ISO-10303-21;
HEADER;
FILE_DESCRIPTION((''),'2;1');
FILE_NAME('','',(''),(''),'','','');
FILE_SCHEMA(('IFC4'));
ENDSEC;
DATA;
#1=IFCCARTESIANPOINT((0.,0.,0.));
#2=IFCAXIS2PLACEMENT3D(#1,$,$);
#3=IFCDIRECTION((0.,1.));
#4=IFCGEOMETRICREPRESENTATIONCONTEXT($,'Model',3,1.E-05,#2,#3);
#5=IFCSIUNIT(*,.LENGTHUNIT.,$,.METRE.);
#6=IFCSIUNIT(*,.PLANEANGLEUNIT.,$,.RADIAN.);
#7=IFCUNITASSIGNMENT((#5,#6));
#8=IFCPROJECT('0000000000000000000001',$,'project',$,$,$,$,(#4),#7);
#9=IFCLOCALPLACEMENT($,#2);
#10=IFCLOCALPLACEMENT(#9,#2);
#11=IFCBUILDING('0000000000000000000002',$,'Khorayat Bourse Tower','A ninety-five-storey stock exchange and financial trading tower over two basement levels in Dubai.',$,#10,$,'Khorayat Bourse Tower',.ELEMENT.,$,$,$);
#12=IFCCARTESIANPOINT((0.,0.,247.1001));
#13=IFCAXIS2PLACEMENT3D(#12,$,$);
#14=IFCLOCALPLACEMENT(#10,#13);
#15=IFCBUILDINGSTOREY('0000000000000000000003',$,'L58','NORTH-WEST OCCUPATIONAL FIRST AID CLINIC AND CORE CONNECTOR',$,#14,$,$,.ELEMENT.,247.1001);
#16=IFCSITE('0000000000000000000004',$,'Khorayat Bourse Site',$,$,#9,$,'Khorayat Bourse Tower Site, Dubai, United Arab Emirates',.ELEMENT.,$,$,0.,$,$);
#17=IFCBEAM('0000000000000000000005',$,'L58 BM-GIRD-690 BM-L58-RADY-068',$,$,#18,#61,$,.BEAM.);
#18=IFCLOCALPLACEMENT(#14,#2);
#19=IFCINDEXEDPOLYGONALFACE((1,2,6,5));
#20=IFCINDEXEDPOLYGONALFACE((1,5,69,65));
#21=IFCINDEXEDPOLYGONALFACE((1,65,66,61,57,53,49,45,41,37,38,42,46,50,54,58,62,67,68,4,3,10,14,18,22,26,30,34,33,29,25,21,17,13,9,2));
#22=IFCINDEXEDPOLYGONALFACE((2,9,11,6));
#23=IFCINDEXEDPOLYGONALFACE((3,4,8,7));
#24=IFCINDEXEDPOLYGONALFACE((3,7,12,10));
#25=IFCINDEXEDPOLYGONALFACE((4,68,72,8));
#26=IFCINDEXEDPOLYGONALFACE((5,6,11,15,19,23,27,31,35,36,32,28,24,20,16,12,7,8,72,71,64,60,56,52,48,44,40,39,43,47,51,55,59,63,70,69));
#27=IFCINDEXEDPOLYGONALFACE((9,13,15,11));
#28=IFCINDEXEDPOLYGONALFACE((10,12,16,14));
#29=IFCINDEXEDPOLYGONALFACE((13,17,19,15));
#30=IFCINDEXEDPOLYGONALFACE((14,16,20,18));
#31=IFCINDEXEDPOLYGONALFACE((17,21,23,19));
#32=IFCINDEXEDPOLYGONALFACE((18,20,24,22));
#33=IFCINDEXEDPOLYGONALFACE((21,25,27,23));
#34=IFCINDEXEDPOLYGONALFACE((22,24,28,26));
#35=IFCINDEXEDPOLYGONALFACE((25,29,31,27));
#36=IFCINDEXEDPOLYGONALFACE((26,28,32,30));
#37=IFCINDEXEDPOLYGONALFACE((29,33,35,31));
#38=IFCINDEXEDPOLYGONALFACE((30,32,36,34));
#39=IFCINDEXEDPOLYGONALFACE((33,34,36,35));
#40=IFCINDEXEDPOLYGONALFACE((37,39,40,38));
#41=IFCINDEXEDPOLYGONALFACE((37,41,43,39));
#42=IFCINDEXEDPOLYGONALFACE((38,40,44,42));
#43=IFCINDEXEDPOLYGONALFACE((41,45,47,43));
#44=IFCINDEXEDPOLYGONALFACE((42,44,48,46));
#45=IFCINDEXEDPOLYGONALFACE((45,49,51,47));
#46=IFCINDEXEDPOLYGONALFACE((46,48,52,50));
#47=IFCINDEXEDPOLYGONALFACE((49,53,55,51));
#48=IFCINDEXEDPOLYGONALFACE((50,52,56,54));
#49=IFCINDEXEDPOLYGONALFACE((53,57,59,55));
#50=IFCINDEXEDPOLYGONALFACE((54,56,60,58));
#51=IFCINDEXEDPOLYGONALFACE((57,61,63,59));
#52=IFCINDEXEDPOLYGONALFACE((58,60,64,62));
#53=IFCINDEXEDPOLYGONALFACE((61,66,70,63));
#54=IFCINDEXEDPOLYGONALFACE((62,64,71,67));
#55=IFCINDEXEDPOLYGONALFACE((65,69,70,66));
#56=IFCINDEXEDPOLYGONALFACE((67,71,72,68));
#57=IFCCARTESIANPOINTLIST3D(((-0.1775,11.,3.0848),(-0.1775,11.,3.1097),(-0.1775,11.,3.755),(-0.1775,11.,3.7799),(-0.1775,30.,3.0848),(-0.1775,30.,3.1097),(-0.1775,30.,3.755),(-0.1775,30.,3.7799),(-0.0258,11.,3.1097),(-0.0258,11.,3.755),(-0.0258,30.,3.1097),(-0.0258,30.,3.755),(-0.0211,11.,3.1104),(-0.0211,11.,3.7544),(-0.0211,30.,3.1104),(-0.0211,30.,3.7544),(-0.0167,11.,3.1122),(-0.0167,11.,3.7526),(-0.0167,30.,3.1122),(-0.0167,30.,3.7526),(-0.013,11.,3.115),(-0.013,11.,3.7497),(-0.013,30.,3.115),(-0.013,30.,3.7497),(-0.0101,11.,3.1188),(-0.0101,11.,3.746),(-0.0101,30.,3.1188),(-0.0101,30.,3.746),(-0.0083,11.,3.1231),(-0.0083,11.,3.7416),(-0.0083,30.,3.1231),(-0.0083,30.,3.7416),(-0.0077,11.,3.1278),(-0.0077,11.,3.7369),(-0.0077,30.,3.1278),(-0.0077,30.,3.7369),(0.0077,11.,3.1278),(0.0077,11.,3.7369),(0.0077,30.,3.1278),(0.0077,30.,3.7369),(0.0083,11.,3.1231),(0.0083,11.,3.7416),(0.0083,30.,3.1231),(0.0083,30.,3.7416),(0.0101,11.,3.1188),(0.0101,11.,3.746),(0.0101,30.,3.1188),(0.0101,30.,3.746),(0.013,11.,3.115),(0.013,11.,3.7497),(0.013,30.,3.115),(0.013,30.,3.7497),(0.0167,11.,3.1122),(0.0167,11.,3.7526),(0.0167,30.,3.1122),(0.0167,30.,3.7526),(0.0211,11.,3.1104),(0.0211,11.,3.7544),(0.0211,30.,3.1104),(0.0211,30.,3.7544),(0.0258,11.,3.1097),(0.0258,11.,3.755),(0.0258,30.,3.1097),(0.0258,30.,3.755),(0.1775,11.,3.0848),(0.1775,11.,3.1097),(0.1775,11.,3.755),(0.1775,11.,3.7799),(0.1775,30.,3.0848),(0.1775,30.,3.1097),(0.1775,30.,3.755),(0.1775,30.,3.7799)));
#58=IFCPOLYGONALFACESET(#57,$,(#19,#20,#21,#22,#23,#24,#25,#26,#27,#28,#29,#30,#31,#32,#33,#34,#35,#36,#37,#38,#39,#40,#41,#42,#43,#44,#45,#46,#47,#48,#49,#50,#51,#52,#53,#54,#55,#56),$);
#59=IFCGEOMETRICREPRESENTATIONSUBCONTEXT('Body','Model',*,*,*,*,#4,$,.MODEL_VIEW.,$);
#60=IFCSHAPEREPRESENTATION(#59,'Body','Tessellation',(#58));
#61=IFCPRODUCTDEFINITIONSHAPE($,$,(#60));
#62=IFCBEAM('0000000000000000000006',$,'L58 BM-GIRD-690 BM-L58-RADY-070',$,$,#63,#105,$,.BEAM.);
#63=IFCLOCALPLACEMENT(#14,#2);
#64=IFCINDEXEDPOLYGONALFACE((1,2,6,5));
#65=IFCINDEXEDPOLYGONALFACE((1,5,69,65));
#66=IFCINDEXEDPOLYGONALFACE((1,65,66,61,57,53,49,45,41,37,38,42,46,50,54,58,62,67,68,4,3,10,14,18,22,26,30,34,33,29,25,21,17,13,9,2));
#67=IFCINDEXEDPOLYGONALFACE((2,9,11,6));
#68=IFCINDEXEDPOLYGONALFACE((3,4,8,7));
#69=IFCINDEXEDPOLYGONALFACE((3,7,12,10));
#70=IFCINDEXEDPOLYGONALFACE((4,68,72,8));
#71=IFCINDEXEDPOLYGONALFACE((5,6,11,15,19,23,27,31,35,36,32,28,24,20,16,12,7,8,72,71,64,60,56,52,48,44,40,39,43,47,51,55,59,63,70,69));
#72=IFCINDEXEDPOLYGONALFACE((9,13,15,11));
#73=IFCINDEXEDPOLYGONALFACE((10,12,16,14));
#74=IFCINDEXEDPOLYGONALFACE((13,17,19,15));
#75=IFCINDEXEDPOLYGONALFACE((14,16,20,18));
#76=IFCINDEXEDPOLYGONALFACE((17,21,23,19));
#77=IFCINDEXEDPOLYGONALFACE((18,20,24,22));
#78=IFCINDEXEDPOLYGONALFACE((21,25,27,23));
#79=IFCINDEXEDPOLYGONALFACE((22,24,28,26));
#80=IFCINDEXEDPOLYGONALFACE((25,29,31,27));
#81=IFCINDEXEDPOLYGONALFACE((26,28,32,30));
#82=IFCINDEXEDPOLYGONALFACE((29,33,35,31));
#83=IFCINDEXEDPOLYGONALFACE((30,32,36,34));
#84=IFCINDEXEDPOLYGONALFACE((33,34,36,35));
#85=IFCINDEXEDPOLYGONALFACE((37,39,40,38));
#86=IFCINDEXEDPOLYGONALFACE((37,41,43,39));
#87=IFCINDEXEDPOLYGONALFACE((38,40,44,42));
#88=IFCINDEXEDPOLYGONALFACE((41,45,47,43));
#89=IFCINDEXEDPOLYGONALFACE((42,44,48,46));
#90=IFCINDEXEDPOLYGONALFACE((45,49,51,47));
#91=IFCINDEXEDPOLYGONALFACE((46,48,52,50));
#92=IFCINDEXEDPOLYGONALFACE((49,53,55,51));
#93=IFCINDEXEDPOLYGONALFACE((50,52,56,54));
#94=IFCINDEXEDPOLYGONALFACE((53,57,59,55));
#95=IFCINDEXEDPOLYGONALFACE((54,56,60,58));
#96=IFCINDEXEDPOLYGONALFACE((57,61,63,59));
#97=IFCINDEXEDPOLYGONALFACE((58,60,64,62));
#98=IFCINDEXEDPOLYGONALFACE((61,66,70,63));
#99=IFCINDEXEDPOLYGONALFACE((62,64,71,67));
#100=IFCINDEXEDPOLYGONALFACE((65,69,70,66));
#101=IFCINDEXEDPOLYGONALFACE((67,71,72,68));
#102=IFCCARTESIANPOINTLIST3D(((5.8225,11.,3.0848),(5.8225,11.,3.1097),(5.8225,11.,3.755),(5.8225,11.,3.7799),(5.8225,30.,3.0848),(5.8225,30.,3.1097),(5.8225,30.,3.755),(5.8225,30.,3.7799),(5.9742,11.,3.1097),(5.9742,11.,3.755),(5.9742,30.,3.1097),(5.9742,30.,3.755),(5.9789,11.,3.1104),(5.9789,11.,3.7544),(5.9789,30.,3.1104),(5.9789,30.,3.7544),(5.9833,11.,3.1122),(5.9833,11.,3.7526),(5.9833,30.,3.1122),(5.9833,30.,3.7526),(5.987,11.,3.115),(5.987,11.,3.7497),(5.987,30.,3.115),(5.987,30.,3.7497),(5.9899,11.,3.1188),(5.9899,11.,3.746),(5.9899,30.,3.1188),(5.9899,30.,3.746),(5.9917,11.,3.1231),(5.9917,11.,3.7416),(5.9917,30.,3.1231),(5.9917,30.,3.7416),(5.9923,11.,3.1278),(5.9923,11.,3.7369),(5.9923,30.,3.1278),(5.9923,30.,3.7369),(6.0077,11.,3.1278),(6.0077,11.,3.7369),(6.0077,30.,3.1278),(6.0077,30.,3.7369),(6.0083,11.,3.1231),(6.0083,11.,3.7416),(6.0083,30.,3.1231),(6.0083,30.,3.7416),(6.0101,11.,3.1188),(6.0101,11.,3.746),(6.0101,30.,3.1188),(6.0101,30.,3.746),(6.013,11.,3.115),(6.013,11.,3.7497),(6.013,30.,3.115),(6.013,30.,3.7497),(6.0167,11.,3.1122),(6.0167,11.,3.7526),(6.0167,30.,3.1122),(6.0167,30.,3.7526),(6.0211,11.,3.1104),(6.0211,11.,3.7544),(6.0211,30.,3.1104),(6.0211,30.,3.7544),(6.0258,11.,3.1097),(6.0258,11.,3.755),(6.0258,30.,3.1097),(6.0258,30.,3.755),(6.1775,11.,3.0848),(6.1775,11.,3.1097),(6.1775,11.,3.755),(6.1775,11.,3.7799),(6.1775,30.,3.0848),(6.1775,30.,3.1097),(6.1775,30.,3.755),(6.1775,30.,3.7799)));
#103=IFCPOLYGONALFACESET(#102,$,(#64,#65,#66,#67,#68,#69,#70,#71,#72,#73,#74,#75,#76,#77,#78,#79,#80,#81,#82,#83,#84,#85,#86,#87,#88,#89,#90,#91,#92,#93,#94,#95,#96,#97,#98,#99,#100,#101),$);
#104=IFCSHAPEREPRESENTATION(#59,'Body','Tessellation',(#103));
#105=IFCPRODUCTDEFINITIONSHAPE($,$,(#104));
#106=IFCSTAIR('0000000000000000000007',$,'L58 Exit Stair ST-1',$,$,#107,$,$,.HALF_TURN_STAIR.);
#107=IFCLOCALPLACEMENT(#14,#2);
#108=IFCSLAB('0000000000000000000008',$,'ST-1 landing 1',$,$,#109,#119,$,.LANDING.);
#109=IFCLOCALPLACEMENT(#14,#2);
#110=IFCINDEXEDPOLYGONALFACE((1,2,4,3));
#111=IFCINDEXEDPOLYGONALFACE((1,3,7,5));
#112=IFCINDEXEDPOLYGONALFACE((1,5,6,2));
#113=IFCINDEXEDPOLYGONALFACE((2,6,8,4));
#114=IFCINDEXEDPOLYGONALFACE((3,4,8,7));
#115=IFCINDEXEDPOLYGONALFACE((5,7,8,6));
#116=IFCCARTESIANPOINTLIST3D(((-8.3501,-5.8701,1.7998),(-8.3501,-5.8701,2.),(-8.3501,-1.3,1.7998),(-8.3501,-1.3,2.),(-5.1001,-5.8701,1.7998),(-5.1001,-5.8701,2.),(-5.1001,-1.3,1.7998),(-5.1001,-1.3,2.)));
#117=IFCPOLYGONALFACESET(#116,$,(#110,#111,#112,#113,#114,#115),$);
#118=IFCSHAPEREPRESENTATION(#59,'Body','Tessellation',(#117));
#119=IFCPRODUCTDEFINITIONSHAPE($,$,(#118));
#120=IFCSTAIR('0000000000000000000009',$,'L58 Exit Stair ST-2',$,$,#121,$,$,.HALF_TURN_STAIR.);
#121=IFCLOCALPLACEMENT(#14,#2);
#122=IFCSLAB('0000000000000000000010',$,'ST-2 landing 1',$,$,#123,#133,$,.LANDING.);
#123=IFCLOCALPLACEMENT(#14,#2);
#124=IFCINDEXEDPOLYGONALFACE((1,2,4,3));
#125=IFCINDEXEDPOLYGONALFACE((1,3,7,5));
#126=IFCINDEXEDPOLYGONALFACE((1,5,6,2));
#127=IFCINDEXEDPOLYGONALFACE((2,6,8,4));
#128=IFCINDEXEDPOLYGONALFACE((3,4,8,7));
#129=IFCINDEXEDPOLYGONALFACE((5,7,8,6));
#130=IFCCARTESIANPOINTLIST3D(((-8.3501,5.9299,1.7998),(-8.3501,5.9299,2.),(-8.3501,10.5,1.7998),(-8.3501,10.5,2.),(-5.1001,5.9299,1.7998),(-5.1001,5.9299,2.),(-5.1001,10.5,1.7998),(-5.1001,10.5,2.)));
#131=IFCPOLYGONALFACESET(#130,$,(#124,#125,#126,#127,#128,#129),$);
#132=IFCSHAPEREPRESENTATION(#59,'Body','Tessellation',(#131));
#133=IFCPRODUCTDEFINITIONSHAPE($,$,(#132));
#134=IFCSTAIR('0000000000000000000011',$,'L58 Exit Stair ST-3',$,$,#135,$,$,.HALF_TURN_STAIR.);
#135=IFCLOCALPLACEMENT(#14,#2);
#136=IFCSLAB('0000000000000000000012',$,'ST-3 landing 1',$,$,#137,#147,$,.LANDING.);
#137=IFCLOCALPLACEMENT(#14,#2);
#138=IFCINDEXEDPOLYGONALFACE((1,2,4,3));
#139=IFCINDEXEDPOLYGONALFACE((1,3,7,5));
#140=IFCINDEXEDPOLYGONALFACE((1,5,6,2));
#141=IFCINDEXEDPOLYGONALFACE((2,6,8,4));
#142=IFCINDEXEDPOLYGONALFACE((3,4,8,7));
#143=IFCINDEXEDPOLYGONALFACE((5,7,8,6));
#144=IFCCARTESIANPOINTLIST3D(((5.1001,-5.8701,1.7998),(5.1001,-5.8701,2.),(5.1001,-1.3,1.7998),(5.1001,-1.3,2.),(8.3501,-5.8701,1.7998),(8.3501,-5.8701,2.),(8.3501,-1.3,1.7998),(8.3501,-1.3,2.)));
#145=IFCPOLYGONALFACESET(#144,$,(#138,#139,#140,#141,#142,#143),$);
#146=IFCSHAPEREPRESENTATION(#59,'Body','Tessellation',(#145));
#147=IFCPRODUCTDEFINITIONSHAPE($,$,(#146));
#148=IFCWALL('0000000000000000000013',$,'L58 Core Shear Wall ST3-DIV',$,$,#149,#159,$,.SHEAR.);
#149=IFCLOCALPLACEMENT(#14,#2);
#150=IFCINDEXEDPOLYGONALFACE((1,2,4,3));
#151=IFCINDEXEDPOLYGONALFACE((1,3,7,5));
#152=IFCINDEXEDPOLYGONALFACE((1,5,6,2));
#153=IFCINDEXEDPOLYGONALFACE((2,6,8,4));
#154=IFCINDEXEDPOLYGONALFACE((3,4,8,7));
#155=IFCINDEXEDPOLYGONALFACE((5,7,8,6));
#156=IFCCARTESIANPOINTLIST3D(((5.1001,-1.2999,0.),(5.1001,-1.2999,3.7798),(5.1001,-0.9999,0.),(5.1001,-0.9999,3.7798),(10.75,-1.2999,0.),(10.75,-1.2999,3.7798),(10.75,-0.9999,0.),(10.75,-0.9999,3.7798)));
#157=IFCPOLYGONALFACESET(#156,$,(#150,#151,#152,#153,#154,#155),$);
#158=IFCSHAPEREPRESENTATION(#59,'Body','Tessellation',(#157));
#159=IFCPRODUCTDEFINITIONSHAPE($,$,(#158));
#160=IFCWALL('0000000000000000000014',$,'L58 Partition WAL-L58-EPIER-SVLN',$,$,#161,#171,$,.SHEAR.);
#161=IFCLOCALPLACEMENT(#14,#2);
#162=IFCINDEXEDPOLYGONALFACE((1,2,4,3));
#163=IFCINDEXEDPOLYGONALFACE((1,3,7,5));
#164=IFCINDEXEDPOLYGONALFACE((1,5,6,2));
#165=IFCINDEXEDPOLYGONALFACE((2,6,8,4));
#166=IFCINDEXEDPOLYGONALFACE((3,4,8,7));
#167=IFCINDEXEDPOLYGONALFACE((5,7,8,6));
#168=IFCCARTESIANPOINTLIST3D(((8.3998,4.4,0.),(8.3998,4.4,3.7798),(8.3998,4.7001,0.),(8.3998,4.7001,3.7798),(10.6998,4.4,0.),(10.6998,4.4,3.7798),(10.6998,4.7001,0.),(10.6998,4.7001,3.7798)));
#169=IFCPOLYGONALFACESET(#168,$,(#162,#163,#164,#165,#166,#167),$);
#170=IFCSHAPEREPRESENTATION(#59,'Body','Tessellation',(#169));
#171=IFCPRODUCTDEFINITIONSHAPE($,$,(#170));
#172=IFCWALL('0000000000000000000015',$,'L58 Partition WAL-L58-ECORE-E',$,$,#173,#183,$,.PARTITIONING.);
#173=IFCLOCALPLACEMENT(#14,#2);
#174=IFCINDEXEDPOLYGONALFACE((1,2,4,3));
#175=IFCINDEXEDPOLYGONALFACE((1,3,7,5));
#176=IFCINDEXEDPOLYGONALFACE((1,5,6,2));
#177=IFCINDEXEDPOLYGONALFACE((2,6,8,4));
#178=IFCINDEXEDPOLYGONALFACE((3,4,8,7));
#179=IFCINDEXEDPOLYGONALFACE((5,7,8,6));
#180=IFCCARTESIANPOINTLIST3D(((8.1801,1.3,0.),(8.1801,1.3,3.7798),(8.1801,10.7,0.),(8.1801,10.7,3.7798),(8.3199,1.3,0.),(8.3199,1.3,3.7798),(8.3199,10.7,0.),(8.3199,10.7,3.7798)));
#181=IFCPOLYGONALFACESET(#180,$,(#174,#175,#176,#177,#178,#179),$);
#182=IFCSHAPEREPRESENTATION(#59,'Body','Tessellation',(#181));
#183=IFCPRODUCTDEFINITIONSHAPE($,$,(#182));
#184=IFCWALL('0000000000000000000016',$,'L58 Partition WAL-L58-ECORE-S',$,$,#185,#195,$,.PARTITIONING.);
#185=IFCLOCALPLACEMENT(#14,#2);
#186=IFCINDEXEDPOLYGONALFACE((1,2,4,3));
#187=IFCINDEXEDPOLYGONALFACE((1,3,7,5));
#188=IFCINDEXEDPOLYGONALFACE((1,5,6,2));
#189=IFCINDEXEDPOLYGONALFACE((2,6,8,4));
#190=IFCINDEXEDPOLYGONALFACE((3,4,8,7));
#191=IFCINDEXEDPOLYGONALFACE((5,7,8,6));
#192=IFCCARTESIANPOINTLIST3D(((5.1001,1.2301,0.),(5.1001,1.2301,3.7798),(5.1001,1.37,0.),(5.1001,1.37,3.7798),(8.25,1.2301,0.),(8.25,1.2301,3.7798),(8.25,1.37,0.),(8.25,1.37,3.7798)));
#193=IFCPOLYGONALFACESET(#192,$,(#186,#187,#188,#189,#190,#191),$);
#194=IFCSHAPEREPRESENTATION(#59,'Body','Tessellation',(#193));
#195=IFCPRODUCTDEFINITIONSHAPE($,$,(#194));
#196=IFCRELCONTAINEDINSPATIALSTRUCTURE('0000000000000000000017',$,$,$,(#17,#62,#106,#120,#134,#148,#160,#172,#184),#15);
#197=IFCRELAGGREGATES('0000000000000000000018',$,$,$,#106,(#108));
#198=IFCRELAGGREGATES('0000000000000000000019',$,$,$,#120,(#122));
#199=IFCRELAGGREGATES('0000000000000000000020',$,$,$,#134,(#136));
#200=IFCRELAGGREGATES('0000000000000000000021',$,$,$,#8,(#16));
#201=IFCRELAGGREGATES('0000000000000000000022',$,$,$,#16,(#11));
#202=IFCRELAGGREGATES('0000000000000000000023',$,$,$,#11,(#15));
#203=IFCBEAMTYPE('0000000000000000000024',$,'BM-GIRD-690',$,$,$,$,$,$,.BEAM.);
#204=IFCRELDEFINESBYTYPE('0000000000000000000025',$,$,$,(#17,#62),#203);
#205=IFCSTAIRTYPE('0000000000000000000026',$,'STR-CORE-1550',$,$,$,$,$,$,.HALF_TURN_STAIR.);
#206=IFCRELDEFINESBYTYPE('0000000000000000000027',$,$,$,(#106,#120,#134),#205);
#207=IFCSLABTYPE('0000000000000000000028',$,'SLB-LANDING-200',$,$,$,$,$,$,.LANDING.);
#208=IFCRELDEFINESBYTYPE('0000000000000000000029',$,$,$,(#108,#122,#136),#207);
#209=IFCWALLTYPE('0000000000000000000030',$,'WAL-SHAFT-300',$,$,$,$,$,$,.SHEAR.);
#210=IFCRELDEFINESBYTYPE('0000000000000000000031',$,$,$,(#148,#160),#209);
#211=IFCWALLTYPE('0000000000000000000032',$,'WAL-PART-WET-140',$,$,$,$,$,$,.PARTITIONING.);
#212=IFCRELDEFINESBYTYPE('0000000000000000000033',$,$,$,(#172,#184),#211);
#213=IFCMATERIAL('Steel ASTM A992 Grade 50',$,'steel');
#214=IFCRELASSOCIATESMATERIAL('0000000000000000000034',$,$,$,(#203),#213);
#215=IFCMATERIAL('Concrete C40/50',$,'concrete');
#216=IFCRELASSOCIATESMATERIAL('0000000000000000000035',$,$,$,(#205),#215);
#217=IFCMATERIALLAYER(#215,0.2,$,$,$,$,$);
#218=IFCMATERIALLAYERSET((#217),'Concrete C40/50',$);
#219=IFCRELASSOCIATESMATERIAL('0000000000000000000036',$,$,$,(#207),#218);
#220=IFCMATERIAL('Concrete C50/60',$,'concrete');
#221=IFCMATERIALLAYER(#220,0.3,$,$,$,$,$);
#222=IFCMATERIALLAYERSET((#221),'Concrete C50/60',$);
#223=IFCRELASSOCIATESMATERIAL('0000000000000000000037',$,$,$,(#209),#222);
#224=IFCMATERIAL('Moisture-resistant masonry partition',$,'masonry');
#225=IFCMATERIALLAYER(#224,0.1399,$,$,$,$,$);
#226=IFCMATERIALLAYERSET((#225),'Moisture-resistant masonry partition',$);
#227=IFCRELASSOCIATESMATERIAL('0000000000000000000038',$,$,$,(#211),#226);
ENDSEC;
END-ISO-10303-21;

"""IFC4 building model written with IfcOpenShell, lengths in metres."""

from ifc_helpers import new_model, si_unit, direction, frame, frame_2d, origin, origin_2d, place, context, subcontext, project, spatial, polyline, rectangle, i_section, outline, extrude, source, transform, mapped, material, layer, layer_set, material_profile, profile_set, type_object, element, aggregate, save


model = new_model("IFC4")

# Units and contexts
model_context = context("Model", 3, precision=1e-05, world=origin(), true_north=direction((0.0, 1.0)))
body_context = subcontext(model_context, "Body", "Model", "MODEL_VIEW")
ifc_project = project(units=[si_unit("LENGTHUNIT", "METRE"), si_unit("PLANEANGLEUNIT", "RADIAN")], contexts=[model_context])

# Site, building, storey
site_placement = place(None, origin())
site = spatial("IfcSite", under=ifc_project, at=site_placement, Name="Khorayat Bourse Site", LongName="Khorayat Bourse Tower Site, Dubai, United Arab Emirates", CompositionType="ELEMENT", RefElevation=0.0)
building_placement = place(site_placement, origin())
building = spatial("IfcBuilding", under=site, at=building_placement, Name="Khorayat Bourse Tower", Description="A ninety-five-storey stock exchange and financial trading tower over two basement levels in Dubai.", LongName="Khorayat Bourse Tower", CompositionType="ELEMENT")
storey_placement = place(building_placement, frame((0.0, 0.0, 247.1001)))
storey = spatial("IfcBuildingStorey", under=building, at=storey_placement, Name="L58", Description="NORTH-WEST OCCUPATIONAL FIRST AID CLINIC AND CORE CONNECTOR", CompositionType="ELEMENT", Elevation=247.1001)

# Beams
ifc_material_1 = material(Name="Steel ASTM A992 Grade 50", Category="steel")
ifc_material_profile_1 = material_profile(ifc_material_1, i_section(OverallWidth=0.355, OverallDepth=0.6951, WebThickness=0.0154, FlangeThickness=0.0249, FilletRadius=0.0181, at=origin_2d()), Name="W690X217")
ifc_profile_set_1 = profile_set([ifc_material_profile_1], Name="Steel ASTM A992 Grade 50")
beam_type_1 = type_object("IfcBeamType", Name="BM-GIRD-690", PredefinedType="BEAM", material=ifc_profile_set_1)
shared_shape_1 = source(origin(), body_context, "Body", "SweptSolid", [
    extrude(i_section(OverallWidth=0.355, OverallDepth=0.6951, WebThickness=0.0154, FlangeThickness=0.0249, FilletRadius=0.0181, at=origin_2d()), origin(), (0.0, 0.0, 1.0), 19.0),
])
for number, where, z_axis, x_axis, name in (
    (1, (0.0, 11.0, 3.4324), (0.0, 1.0, 0.0), (-1.0, 0.0, 0.0), "L58 BM-GIRD-690 BM-L58-RADY-068"),
    (2, (6.0, 11.0, 3.4324), (0.0, 1.0, 0.0), (-1.0, 0.0, 0.0), "L58 BM-GIRD-690 BM-L58-RADY-070"),
):
    element("IfcBeam", number, at=place(storey_placement, frame(where, z_axis=z_axis, x_axis=x_axis)), inside=storey, type_object=beam_type_1, Name=name, PredefinedType="BEAM", context=body_context, shape_type="MappedRepresentation", body=[
        mapped(shared_shape_1, transform((0.0, 0.0, 0.0), scale=1.0)),
    ])

# Stairs, slabs
ifc_material_2 = material(Name="Concrete C40/50", Category="concrete")
stair_type = type_object("IfcStairType", Name="STR-CORE-1550", PredefinedType="HALF_TURN_STAIR", material=ifc_material_2)
stair_1_placement = place(storey_placement, origin())
stair_1 = element("IfcStair", 3, at=stair_1_placement, inside=storey, type_object=stair_type, Name="L58 Exit Stair ST-1", PredefinedType="HALF_TURN_STAIR")
ifc_layer_1 = layer(ifc_material_2, 0.2)
ifc_layer_set_1 = layer_set([ifc_layer_1], Name="Concrete C40/50")
slab_type = type_object("IfcSlabType", Name="SLB-LANDING-200", PredefinedType="LANDING", material=ifc_layer_set_1)
slab_1_placement = place(storey_placement, frame((0.0, 0.0, 1.7998)))
slab_1 = element("IfcSlab", 4, at=slab_1_placement, type_object=slab_type, Name="ST-1 landing 1", PredefinedType="LANDING", context=body_context, shape_type="SweptSolid", body=[
    extrude(outline(polyline([(-5.1001, -5.8701), (-5.1001, -1.3), (-8.3501, -1.3), (-8.3501, -5.8701), (-5.1001, -5.8701)])), origin(), (0.0, 0.0, 1.0), 0.2002),
])
aggregate(stair_1, [slab_1])
stair_2_placement = place(storey_placement, origin())
stair_2 = element("IfcStair", 5, at=stair_2_placement, inside=storey, type_object=stair_type, Name="L58 Exit Stair ST-2", PredefinedType="HALF_TURN_STAIR")
slab_2_placement = place(storey_placement, frame((0.0, 0.0, 1.7998)))
slab_2 = element("IfcSlab", 6, at=slab_2_placement, type_object=slab_type, Name="ST-2 landing 1", PredefinedType="LANDING", context=body_context, shape_type="SweptSolid", body=[
    extrude(outline(polyline([(-5.1001, 5.9299), (-5.1001, 10.5), (-8.3501, 10.5), (-8.3501, 5.9299), (-5.1001, 5.9299)])), origin(), (0.0, 0.0, 1.0), 0.2002),
])
aggregate(stair_2, [slab_2])
stair_3_placement = place(storey_placement, origin())
stair_3 = element("IfcStair", 7, at=stair_3_placement, inside=storey, type_object=stair_type, Name="L58 Exit Stair ST-3", PredefinedType="HALF_TURN_STAIR")
slab_3_placement = place(storey_placement, frame((0.0, 0.0, 1.7998)))
slab_3 = element("IfcSlab", 8, at=slab_3_placement, type_object=slab_type, Name="ST-3 landing 1", PredefinedType="LANDING", context=body_context, shape_type="SweptSolid", body=[
    extrude(outline(polyline([(8.3501, -5.8701), (8.3501, -1.3), (5.1001, -1.3), (5.1001, -5.8701), (8.3501, -5.8701)])), origin(), (0.0, 0.0, 1.0), 0.2002),
])
aggregate(stair_3, [slab_3])

# Walls
ifc_material_3 = material(Name="Concrete C50/60", Category="concrete")
ifc_layer_2 = layer(ifc_material_3, 0.3)
ifc_layer_set_2 = layer_set([ifc_layer_2], Name="Concrete C50/60")
wall_type_1 = type_object("IfcWallType", Name="WAL-SHAFT-300", PredefinedType="SHEAR", material=ifc_layer_set_2)
shared_shape_2 = source(origin(), body_context, "Body", "SweptSolid", [
    extrude(rectangle(XDim=5.6499, YDim=0.3, at=frame_2d((2.825, 0.0))), origin(), (0.0, 0.0, 1.0), 3.7798),
])
wall_1_placement = place(storey_placement, frame((5.1001, -1.1499, 0.0), z_axis=(0.0, 0.0, 1.0), x_axis=(1.0, 0.0, 0.0)))
element("IfcWall", 9, at=wall_1_placement, inside=storey, type_object=wall_type_1, Name="L58 Core Shear Wall ST3-DIV", PredefinedType="SHEAR", context=body_context, shape_type="MappedRepresentation", body=[
    mapped(shared_shape_2, transform((0.0, 0.0, 0.0), scale=1.0)),
])
shared_shape_3 = source(origin(), body_context, "Body", "SweptSolid", [
    extrude(rectangle(XDim=2.3, YDim=0.3, at=frame_2d((1.1499, 0.0))), origin(), (0.0, 0.0, 1.0), 3.7798),
])
wall_2_placement = place(storey_placement, frame((8.3999, 4.55, 0.0), z_axis=(0.0, 0.0, 1.0), x_axis=(1.0, 0.0, 0.0)))
element("IfcWall", 10, at=wall_2_placement, inside=storey, type_object=wall_type_1, Name="L58 Partition WAL-L58-EPIER-SVLN", PredefinedType="SHEAR", context=body_context, shape_type="MappedRepresentation", body=[
    mapped(shared_shape_3, transform((0.0, 0.0, 0.0), scale=1.0)),
])
ifc_material_4 = material(Name="Moisture-resistant masonry partition", Category="masonry")
ifc_layer_3 = layer(ifc_material_4, 0.1399)
ifc_layer_set_3 = layer_set([ifc_layer_3], Name="Moisture-resistant masonry partition")
wall_type_2 = type_object("IfcWallType", Name="WAL-PART-WET-140", PredefinedType="PARTITIONING", material=ifc_layer_set_3)
shared_shape_4 = source(origin(), body_context, "Body", "SweptSolid", [
    extrude(rectangle(XDim=9.3999, YDim=0.1399, at=frame_2d((4.7, 0.0))), origin(), (0.0, 0.0, 1.0), 3.7798),
])
wall_3_placement = place(storey_placement, frame((8.25, 1.3, 0.0), z_axis=(0.0, 0.0, 1.0), x_axis=(0.0, 1.0, 0.0)))
element("IfcWall", 11, at=wall_3_placement, inside=storey, type_object=wall_type_2, Name="L58 Partition WAL-L58-ECORE-E", PredefinedType="PARTITIONING", context=body_context, shape_type="MappedRepresentation", body=[
    mapped(shared_shape_4, transform((0.0, 0.0, 0.0), scale=1.0)),
])
shared_shape_5 = source(origin(), body_context, "Body", "SweptSolid", [
    extrude(rectangle(XDim=3.1499, YDim=0.1399, at=frame_2d((1.575, 0.0))), origin(), (0.0, 0.0, 1.0), 3.7798),
])
wall_4_placement = place(storey_placement, frame((5.1001, 1.3, 0.0), z_axis=(0.0, 0.0, 1.0), x_axis=(1.0, 0.0, 0.0)))
element("IfcWall", 12, at=wall_4_placement, inside=storey, type_object=wall_type_2, Name="L58 Partition WAL-L58-ECORE-S", PredefinedType="PARTITIONING", context=body_context, shape_type="MappedRepresentation", body=[
    mapped(shared_shape_5, transform((0.0, 0.0, 0.0), scale=1.0)),
])

save(model, "model.ifc")
